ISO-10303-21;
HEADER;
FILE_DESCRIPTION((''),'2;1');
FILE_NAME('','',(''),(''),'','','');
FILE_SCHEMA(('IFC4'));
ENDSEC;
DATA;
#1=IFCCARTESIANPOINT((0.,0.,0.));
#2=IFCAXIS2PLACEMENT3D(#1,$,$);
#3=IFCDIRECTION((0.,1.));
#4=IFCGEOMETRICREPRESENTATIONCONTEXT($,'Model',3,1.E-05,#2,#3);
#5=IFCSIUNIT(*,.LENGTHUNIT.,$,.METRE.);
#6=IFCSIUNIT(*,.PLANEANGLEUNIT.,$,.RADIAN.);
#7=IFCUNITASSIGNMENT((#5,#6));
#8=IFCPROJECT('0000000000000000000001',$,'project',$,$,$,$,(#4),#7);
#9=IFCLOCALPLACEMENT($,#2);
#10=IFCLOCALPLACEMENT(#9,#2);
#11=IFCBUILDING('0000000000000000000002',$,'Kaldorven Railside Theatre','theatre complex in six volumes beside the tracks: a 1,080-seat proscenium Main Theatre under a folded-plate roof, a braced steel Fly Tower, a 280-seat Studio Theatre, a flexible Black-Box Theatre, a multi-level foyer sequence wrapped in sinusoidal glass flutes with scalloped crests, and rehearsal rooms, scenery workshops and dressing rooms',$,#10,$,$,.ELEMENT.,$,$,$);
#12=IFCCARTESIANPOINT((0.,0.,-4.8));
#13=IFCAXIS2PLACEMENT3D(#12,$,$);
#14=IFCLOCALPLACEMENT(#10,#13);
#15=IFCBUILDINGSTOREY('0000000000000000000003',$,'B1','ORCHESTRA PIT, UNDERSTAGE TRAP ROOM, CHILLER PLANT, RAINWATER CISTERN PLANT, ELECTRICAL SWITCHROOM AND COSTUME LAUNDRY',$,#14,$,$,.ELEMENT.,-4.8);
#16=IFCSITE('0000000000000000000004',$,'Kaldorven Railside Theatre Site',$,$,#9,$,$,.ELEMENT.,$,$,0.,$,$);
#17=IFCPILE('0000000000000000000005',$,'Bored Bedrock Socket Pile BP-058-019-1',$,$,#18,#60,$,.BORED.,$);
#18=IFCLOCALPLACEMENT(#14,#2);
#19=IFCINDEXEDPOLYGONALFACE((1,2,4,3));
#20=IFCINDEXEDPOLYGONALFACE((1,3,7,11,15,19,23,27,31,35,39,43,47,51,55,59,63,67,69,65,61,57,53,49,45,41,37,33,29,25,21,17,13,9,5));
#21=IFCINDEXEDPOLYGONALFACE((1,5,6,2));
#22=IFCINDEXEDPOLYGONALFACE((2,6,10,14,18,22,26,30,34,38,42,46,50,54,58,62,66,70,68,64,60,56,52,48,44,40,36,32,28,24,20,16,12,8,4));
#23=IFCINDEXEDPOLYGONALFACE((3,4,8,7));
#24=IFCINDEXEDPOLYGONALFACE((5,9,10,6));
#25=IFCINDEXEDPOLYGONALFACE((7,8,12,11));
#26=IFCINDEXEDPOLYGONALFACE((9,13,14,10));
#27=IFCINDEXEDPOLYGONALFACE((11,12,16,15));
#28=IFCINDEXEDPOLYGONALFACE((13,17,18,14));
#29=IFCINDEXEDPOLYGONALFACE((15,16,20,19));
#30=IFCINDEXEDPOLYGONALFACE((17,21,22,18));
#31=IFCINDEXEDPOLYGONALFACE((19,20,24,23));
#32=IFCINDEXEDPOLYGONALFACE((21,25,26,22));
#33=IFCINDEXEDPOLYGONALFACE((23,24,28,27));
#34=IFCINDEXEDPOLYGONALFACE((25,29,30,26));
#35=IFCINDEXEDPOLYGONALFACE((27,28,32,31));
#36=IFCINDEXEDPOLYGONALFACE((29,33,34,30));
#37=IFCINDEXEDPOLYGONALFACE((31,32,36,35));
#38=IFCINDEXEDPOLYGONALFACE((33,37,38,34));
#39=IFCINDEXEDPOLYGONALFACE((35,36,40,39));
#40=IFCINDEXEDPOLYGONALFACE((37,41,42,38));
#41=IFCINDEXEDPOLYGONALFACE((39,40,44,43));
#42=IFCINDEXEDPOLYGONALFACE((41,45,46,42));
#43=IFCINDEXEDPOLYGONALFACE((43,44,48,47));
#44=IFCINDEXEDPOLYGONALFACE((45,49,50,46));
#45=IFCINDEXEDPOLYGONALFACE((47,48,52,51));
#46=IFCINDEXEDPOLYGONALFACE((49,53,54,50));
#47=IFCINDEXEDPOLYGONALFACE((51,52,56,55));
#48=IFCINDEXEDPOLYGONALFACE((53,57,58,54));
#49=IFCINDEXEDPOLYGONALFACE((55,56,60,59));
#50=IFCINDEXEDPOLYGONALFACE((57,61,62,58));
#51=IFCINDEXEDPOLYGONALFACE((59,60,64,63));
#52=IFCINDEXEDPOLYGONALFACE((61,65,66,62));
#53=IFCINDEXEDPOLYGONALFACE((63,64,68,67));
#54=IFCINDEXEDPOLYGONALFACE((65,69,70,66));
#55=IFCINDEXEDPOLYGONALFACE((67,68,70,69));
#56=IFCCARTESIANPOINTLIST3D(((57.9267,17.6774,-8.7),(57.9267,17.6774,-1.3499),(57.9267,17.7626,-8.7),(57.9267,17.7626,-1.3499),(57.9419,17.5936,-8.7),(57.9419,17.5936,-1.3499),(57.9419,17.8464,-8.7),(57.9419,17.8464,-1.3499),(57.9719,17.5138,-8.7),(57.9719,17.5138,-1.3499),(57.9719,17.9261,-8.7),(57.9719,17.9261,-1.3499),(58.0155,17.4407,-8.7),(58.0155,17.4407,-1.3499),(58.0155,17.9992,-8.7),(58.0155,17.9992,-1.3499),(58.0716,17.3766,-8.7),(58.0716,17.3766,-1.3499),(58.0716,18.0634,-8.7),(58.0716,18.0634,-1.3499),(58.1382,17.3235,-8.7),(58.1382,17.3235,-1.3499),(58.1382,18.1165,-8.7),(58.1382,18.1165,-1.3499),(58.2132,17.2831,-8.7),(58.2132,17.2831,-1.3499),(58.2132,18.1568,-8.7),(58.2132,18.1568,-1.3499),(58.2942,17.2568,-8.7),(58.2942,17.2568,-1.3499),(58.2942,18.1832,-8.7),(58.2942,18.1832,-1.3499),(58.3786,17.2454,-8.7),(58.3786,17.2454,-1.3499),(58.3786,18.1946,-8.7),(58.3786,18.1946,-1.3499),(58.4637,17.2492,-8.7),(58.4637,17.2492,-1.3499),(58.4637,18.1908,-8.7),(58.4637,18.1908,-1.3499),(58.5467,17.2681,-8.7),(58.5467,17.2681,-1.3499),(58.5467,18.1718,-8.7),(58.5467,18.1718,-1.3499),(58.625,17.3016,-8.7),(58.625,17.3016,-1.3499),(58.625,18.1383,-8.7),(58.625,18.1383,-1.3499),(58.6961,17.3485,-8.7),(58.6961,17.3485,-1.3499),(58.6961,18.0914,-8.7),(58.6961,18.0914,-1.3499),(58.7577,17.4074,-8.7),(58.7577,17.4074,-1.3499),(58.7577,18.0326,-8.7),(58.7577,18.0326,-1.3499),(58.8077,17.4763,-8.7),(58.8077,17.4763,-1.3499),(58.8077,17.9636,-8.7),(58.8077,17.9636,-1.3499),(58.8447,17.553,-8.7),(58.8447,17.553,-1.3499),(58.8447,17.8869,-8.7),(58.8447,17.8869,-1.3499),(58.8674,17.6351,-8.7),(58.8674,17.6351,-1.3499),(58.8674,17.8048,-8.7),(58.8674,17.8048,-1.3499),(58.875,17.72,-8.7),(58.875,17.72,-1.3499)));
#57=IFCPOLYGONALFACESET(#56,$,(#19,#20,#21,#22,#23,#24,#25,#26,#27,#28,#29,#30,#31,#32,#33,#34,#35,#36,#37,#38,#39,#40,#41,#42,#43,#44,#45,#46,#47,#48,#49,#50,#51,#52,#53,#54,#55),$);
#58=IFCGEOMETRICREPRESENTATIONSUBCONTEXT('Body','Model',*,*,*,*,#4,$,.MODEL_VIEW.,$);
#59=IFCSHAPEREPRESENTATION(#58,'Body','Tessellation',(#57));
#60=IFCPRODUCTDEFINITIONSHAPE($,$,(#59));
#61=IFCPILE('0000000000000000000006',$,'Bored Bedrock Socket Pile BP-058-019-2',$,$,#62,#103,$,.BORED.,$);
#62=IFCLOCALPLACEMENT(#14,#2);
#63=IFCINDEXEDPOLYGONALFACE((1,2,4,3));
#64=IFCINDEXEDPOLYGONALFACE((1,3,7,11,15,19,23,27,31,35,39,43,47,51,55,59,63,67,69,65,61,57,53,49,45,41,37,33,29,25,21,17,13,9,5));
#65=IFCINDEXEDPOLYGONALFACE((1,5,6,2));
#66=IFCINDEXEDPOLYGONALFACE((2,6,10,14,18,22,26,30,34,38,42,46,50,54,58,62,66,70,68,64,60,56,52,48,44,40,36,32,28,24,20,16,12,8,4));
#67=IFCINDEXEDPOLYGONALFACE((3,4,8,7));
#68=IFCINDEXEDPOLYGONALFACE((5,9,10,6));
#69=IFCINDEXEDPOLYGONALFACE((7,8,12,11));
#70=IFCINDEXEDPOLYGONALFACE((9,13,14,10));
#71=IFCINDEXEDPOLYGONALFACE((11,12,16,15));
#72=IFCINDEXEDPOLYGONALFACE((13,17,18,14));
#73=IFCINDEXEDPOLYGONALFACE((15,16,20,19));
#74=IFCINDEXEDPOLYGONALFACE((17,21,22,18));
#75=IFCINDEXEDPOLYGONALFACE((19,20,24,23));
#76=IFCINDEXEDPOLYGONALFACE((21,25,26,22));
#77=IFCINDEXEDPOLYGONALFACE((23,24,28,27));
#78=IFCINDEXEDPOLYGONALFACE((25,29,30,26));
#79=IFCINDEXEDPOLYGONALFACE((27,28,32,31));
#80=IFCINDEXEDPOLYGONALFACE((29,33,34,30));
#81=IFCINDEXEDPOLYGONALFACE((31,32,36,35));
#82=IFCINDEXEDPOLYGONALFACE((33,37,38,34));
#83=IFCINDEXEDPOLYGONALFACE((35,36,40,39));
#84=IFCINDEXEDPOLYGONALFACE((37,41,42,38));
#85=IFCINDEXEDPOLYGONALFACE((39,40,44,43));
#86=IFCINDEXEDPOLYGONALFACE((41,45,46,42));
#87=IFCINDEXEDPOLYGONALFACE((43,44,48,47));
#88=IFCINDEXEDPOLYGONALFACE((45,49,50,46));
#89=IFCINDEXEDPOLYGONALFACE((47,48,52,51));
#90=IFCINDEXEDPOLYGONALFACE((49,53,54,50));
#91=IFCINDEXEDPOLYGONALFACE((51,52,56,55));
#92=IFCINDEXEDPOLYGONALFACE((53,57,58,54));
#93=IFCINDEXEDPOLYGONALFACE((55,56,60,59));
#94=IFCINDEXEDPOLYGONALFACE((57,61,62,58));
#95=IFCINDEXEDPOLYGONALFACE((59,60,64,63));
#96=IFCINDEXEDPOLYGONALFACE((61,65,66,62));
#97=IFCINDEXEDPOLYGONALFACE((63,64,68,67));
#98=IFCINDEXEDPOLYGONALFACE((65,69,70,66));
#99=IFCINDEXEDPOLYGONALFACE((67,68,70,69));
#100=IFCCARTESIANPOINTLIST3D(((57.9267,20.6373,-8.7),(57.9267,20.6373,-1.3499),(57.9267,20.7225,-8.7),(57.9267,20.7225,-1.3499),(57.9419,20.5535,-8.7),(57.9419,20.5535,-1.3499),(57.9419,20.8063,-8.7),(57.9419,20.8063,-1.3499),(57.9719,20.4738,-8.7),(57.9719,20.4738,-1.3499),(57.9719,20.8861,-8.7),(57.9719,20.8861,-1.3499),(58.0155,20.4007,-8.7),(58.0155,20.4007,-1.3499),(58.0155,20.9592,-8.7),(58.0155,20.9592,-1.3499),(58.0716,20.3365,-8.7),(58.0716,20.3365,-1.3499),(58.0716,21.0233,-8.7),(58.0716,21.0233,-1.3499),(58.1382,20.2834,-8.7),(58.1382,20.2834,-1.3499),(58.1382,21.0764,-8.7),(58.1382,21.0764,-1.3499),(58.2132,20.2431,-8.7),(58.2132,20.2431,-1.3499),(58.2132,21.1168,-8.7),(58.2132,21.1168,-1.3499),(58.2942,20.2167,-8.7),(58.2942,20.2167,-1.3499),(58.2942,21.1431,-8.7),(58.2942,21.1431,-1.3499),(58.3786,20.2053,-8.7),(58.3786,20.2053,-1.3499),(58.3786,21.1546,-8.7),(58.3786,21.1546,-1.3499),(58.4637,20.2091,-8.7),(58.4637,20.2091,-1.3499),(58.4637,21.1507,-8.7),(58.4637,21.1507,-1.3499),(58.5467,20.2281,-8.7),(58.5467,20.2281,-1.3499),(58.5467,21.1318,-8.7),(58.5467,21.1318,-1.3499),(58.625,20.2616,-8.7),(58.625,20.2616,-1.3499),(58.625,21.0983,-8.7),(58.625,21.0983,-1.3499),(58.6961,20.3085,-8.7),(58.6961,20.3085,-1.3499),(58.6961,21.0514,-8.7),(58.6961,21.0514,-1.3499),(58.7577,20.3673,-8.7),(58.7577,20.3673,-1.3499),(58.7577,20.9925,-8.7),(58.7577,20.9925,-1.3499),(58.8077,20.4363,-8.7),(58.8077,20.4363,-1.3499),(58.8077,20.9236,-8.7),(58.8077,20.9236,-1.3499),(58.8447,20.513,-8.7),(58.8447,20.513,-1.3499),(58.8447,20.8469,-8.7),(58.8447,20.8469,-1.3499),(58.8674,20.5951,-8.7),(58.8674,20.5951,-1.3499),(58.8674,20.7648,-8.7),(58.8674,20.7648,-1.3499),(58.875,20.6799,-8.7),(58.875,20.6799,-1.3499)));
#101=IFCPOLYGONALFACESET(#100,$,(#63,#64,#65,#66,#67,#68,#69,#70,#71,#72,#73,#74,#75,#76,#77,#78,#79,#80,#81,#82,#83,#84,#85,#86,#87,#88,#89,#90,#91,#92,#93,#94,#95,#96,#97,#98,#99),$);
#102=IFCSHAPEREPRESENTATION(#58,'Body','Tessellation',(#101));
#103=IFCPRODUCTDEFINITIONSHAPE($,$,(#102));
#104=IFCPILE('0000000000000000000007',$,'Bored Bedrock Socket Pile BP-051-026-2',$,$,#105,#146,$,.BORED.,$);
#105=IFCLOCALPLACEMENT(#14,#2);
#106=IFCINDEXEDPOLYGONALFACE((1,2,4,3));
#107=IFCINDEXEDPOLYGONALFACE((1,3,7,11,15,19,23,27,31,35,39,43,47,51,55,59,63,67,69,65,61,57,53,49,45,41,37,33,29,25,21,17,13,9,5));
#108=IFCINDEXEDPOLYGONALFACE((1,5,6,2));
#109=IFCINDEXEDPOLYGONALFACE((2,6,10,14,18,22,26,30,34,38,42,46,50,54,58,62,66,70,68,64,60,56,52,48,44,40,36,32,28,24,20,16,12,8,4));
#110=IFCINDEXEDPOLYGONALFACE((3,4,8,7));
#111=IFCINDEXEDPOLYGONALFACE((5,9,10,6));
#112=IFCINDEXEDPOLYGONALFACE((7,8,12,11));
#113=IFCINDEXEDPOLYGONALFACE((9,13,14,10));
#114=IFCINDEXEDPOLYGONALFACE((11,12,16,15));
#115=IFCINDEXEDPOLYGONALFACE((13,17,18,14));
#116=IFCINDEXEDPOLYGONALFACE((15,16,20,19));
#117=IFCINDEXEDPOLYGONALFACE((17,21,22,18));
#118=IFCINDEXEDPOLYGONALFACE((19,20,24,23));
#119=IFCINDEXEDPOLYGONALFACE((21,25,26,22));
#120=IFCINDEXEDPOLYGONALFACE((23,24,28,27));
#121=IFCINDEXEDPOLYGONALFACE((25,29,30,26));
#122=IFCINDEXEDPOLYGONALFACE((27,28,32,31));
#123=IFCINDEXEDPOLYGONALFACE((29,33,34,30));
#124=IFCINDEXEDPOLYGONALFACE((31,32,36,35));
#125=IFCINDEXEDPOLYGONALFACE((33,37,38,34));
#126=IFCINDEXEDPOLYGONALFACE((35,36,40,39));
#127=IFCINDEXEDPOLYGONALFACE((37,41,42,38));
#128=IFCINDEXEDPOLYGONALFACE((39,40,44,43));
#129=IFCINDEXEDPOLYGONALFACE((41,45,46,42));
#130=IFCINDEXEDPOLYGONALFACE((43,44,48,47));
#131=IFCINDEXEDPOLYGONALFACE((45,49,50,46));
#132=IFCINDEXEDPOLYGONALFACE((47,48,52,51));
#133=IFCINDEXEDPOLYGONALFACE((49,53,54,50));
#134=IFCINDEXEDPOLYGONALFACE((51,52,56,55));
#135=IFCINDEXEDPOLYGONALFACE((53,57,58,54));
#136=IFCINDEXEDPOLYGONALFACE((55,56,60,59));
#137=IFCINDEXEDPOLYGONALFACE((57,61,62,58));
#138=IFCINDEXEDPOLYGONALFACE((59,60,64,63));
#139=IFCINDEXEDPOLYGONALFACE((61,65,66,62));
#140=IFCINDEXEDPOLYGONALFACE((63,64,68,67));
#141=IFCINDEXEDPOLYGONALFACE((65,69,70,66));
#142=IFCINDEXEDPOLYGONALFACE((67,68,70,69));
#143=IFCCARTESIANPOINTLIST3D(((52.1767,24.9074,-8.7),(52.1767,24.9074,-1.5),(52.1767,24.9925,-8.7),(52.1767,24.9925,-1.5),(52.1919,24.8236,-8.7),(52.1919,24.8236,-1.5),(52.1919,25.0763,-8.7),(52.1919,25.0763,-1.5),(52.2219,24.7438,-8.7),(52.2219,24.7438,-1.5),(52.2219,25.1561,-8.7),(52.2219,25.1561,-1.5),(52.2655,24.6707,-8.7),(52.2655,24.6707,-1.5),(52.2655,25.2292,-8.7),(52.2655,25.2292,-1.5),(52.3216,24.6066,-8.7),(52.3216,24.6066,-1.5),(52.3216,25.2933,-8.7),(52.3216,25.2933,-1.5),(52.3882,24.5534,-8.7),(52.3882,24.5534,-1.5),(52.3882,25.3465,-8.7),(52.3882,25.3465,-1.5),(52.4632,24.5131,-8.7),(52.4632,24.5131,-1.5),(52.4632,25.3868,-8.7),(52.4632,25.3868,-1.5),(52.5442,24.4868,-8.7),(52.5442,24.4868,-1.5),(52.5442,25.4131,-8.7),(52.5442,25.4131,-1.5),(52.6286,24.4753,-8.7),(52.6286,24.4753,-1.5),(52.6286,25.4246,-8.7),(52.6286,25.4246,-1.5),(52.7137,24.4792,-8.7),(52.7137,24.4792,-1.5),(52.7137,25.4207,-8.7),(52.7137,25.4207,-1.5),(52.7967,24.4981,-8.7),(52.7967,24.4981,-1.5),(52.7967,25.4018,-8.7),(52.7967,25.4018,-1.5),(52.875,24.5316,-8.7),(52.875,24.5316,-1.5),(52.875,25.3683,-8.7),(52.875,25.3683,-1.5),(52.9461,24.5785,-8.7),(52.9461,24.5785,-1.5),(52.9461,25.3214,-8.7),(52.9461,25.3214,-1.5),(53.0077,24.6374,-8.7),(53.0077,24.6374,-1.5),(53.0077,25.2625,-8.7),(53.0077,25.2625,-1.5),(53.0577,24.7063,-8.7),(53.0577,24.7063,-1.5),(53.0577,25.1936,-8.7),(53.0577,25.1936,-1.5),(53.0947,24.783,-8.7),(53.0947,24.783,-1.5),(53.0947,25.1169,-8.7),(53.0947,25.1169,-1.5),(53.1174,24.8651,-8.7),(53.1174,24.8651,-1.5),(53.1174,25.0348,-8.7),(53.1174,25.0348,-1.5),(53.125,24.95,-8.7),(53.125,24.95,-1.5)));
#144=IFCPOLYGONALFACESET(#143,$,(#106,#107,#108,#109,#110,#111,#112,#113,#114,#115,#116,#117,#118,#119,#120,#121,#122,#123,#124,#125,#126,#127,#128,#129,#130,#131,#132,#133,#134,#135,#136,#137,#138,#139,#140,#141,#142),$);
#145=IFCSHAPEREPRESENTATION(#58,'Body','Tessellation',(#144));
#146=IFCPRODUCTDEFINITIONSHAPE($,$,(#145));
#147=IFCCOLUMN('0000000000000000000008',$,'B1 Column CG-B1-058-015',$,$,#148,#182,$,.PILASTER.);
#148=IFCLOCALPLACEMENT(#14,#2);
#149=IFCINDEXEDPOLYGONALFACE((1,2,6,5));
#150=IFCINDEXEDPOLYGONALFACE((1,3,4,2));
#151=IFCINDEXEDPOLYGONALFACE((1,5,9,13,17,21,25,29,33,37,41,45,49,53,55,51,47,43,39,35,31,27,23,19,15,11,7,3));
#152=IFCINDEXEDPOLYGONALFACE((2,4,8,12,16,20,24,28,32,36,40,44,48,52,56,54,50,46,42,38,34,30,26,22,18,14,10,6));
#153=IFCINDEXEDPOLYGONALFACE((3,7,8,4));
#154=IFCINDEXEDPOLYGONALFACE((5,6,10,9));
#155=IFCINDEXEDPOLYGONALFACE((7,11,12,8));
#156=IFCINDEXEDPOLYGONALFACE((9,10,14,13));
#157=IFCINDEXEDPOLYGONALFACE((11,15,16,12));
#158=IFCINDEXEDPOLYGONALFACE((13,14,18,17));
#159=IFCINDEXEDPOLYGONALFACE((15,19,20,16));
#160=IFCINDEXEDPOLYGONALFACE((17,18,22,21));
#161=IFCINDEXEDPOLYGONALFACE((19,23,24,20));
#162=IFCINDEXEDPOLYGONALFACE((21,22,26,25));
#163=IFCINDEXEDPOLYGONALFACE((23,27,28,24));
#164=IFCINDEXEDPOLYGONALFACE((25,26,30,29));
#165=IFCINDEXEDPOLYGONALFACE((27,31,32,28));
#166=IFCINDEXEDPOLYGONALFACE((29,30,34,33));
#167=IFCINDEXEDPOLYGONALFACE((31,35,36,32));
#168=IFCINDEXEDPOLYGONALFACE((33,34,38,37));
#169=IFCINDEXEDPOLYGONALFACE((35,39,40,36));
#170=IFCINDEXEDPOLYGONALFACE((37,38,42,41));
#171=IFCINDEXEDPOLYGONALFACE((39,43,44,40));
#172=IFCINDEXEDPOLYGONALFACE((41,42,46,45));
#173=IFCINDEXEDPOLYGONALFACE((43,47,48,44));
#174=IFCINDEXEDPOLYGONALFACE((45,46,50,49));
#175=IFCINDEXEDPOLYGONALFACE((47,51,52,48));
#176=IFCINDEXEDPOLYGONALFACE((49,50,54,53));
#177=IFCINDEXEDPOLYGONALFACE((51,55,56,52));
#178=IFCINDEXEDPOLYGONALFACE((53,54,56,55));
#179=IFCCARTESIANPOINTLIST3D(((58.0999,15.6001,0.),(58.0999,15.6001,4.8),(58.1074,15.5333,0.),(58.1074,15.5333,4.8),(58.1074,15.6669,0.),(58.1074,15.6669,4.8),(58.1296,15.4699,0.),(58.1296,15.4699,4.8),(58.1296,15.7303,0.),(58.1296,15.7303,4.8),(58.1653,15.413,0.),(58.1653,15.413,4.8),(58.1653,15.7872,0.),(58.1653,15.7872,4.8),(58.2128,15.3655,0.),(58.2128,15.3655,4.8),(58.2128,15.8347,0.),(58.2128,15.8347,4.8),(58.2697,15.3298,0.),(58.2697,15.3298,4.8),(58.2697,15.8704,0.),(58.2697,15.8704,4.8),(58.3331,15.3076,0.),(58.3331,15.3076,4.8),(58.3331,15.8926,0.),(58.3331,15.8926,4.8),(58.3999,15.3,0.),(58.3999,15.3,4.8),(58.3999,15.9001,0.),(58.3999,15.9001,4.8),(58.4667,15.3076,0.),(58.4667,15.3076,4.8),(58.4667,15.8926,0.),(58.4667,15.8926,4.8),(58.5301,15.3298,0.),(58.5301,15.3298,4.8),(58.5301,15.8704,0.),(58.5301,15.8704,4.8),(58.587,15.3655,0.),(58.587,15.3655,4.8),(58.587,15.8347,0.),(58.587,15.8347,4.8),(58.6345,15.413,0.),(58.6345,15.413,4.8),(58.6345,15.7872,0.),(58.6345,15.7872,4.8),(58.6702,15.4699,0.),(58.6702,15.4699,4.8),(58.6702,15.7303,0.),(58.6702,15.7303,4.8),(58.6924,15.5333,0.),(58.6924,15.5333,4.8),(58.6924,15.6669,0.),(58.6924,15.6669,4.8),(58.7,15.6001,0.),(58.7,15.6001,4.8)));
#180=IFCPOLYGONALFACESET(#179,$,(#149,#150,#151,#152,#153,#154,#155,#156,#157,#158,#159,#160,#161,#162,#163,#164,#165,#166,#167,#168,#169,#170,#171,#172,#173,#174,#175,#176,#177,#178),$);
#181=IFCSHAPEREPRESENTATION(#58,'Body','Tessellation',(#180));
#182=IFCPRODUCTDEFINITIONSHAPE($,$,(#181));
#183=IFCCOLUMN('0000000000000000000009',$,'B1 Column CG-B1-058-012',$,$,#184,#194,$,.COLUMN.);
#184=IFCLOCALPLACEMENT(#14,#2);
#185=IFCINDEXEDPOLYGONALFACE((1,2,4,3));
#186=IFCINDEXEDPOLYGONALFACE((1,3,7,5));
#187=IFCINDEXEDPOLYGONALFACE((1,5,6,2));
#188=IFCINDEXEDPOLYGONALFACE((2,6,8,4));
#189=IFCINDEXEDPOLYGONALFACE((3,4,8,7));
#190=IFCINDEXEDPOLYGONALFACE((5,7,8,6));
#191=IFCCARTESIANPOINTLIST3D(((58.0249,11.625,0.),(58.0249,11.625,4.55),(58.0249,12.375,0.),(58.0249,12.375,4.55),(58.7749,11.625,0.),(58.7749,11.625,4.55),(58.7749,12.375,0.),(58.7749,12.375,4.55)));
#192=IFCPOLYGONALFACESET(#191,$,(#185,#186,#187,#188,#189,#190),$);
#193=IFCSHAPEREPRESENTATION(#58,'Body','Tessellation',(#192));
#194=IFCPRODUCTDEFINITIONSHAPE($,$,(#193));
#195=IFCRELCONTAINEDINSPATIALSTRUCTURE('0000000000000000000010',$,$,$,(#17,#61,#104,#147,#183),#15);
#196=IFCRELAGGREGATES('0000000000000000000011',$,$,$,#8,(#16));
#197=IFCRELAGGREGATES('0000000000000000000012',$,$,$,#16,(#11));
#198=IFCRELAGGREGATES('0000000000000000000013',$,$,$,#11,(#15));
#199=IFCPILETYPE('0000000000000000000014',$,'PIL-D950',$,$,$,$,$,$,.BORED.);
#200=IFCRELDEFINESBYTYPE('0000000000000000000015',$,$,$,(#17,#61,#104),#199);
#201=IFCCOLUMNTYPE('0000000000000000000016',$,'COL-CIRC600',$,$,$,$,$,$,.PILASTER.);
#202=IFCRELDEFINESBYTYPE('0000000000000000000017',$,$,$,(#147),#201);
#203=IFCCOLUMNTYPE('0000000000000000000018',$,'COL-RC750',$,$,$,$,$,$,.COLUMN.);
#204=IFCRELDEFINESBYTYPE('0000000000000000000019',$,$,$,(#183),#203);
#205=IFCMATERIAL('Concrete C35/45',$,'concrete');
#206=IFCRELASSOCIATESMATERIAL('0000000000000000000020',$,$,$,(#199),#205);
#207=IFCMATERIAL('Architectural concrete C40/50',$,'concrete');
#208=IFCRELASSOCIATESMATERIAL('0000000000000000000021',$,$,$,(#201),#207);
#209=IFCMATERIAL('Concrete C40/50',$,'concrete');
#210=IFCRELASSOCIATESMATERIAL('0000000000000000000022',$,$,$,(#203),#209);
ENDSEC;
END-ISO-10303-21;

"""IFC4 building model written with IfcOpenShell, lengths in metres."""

from ifc_helpers import new_model, si_unit, direction, frame, origin, origin_2d, place, context, subcontext, project, spatial, rectangle, circle, extrude, material, material_profile, profile_set, type_object, element, save


model = new_model("IFC4")

# Units and contexts
model_context = context("Model", 3, precision=1e-05, world=origin(), true_north=direction((0.0, 1.0)))
body_context = subcontext(model_context, "Body", "Model", "MODEL_VIEW")
ifc_project = project(units=[si_unit("LENGTHUNIT", "METRE"), si_unit("PLANEANGLEUNIT", "RADIAN")], contexts=[model_context])

# Site, building, storey
site_placement = place(None, origin())
site = spatial("IfcSite", under=ifc_project, at=site_placement, Name="Kaldorven Railside Theatre Site", CompositionType="ELEMENT", RefElevation=0.0)
building_placement = place(site_placement, origin())
building = spatial("IfcBuilding", under=site, at=building_placement, Name="Kaldorven Railside Theatre", Description="theatre complex in six volumes beside the tracks: a 1,080-seat proscenium Main Theatre under a folded-plate roof, a braced steel Fly Tower, a 280-seat Studio Theatre, a flexible Black-Box Theatre, a multi-level foyer sequence wrapped in sinusoidal glass flutes with scalloped crests, and rehearsal rooms, scenery workshops and dressing rooms", CompositionType="ELEMENT")
storey_placement = place(building_placement, frame((0.0, 0.0, -4.8)))
storey = spatial("IfcBuildingStorey", under=building, at=storey_placement, Name="B1", Description="ORCHESTRA PIT, UNDERSTAGE TRAP ROOM, CHILLER PLANT, RAINWATER CISTERN PLANT, ELECTRICAL SWITCHROOM AND COSTUME LAUNDRY", CompositionType="ELEMENT", Elevation=-4.8)

# Shared definitions
ifc_material_1 = material(Name="Concrete C40/50", Category="concrete")

# Piles
ifc_material_2 = material(Name="Concrete C35/45", Category="concrete")
ifc_material_profile_1 = material_profile(ifc_material_2, circle(Radius=0.4751, at=origin_2d()), Name="BP D950")
ifc_profile_set_1 = profile_set([ifc_material_profile_1], Name="Concrete C35/45")
pile_type_1 = type_object("IfcPileType", Name="PIL-D950", PredefinedType="BORED", material=ifc_profile_set_1)
for number, where, z_axis, x_axis, name in (
    (1, (58.3999, 17.72, -1.3499), (0.0, 0.0, -1.0), (1.0, 0.0, 0.0), "Bored Bedrock Socket Pile BP-058-019-1"),
    (2, (58.3999, 20.6799, -1.3499), (0.0, 0.0, -1.0), (1.0, 0.0, 0.0), "Bored Bedrock Socket Pile BP-058-019-2"),
):
    element("IfcPile", number, at=place(storey_placement, frame(where, z_axis=z_axis, x_axis=x_axis)), inside=storey, type_object=pile_type_1, Name=name, PredefinedType="BORED", context=body_context, shape_type="SweptSolid", body=[
        extrude(circle(Radius=0.4751, at=origin_2d()), origin(), (0.0, 0.0, 1.0), 7.3501),
    ])
pile_1_placement = place(storey_placement, frame((52.6499, 24.95, -1.5), z_axis=(0.0, 0.0, -1.0), x_axis=(1.0, 0.0, 0.0)))
element("IfcPile", 3, at=pile_1_placement, inside=storey, type_object=pile_type_1, Name="Bored Bedrock Socket Pile BP-051-026-2", PredefinedType="BORED", context=body_context, shape_type="SweptSolid", body=[
    extrude(circle(Radius=0.4751, at=origin_2d()), origin(), (0.0, 0.0, 1.0), 7.2),
])

# Columns
ifc_material_3 = material(Name="Architectural concrete C40/50", Category="concrete")
ifc_material_profile_2 = material_profile(ifc_material_3, circle(Radius=0.3, at=origin_2d()), Name="RC D600")
ifc_profile_set_2 = profile_set([ifc_material_profile_2], Name="Architectural concrete C40/50")
column_type_1 = type_object("IfcColumnType", Name="COL-CIRC600", PredefinedType="PILASTER", material=ifc_profile_set_2)
column_1_placement = place(storey_placement, frame((58.3999, 15.6001, 0.0), z_axis=(0.0, 0.0, 1.0), x_axis=(1.0, 0.0, 0.0)))
element("IfcColumn", 4, at=column_1_placement, inside=storey, type_object=column_type_1, Name="B1 Column CG-B1-058-015", PredefinedType="PILASTER", context=body_context, shape_type="SweptSolid", body=[
    extrude(circle(Radius=0.3, at=origin_2d()), origin(), (0.0, 0.0, 1.0), 4.8),
])
ifc_material_profile_3 = material_profile(ifc_material_1, rectangle(XDim=0.75, YDim=0.75, at=origin_2d()), Name="RC 750x750")
ifc_profile_set_3 = profile_set([ifc_material_profile_3], Name="Concrete C40/50")
column_type_2 = type_object("IfcColumnType", Name="COL-RC750", PredefinedType="COLUMN", material=ifc_profile_set_3)
column_2_placement = place(storey_placement, frame((58.3999, 12.0, 0.0), z_axis=(0.0, 0.0, 1.0), x_axis=(1.0, 0.0, 0.0)))
element("IfcColumn", 5, at=column_2_placement, inside=storey, type_object=column_type_2, Name="B1 Column CG-B1-058-012", PredefinedType="COLUMN", context=body_context, shape_type="SweptSolid", body=[
    extrude(rectangle(XDim=0.75, YDim=0.75, at=origin_2d()), origin(), (0.0, 0.0, 1.0), 4.55),
])

save(model, "model.ifc")
